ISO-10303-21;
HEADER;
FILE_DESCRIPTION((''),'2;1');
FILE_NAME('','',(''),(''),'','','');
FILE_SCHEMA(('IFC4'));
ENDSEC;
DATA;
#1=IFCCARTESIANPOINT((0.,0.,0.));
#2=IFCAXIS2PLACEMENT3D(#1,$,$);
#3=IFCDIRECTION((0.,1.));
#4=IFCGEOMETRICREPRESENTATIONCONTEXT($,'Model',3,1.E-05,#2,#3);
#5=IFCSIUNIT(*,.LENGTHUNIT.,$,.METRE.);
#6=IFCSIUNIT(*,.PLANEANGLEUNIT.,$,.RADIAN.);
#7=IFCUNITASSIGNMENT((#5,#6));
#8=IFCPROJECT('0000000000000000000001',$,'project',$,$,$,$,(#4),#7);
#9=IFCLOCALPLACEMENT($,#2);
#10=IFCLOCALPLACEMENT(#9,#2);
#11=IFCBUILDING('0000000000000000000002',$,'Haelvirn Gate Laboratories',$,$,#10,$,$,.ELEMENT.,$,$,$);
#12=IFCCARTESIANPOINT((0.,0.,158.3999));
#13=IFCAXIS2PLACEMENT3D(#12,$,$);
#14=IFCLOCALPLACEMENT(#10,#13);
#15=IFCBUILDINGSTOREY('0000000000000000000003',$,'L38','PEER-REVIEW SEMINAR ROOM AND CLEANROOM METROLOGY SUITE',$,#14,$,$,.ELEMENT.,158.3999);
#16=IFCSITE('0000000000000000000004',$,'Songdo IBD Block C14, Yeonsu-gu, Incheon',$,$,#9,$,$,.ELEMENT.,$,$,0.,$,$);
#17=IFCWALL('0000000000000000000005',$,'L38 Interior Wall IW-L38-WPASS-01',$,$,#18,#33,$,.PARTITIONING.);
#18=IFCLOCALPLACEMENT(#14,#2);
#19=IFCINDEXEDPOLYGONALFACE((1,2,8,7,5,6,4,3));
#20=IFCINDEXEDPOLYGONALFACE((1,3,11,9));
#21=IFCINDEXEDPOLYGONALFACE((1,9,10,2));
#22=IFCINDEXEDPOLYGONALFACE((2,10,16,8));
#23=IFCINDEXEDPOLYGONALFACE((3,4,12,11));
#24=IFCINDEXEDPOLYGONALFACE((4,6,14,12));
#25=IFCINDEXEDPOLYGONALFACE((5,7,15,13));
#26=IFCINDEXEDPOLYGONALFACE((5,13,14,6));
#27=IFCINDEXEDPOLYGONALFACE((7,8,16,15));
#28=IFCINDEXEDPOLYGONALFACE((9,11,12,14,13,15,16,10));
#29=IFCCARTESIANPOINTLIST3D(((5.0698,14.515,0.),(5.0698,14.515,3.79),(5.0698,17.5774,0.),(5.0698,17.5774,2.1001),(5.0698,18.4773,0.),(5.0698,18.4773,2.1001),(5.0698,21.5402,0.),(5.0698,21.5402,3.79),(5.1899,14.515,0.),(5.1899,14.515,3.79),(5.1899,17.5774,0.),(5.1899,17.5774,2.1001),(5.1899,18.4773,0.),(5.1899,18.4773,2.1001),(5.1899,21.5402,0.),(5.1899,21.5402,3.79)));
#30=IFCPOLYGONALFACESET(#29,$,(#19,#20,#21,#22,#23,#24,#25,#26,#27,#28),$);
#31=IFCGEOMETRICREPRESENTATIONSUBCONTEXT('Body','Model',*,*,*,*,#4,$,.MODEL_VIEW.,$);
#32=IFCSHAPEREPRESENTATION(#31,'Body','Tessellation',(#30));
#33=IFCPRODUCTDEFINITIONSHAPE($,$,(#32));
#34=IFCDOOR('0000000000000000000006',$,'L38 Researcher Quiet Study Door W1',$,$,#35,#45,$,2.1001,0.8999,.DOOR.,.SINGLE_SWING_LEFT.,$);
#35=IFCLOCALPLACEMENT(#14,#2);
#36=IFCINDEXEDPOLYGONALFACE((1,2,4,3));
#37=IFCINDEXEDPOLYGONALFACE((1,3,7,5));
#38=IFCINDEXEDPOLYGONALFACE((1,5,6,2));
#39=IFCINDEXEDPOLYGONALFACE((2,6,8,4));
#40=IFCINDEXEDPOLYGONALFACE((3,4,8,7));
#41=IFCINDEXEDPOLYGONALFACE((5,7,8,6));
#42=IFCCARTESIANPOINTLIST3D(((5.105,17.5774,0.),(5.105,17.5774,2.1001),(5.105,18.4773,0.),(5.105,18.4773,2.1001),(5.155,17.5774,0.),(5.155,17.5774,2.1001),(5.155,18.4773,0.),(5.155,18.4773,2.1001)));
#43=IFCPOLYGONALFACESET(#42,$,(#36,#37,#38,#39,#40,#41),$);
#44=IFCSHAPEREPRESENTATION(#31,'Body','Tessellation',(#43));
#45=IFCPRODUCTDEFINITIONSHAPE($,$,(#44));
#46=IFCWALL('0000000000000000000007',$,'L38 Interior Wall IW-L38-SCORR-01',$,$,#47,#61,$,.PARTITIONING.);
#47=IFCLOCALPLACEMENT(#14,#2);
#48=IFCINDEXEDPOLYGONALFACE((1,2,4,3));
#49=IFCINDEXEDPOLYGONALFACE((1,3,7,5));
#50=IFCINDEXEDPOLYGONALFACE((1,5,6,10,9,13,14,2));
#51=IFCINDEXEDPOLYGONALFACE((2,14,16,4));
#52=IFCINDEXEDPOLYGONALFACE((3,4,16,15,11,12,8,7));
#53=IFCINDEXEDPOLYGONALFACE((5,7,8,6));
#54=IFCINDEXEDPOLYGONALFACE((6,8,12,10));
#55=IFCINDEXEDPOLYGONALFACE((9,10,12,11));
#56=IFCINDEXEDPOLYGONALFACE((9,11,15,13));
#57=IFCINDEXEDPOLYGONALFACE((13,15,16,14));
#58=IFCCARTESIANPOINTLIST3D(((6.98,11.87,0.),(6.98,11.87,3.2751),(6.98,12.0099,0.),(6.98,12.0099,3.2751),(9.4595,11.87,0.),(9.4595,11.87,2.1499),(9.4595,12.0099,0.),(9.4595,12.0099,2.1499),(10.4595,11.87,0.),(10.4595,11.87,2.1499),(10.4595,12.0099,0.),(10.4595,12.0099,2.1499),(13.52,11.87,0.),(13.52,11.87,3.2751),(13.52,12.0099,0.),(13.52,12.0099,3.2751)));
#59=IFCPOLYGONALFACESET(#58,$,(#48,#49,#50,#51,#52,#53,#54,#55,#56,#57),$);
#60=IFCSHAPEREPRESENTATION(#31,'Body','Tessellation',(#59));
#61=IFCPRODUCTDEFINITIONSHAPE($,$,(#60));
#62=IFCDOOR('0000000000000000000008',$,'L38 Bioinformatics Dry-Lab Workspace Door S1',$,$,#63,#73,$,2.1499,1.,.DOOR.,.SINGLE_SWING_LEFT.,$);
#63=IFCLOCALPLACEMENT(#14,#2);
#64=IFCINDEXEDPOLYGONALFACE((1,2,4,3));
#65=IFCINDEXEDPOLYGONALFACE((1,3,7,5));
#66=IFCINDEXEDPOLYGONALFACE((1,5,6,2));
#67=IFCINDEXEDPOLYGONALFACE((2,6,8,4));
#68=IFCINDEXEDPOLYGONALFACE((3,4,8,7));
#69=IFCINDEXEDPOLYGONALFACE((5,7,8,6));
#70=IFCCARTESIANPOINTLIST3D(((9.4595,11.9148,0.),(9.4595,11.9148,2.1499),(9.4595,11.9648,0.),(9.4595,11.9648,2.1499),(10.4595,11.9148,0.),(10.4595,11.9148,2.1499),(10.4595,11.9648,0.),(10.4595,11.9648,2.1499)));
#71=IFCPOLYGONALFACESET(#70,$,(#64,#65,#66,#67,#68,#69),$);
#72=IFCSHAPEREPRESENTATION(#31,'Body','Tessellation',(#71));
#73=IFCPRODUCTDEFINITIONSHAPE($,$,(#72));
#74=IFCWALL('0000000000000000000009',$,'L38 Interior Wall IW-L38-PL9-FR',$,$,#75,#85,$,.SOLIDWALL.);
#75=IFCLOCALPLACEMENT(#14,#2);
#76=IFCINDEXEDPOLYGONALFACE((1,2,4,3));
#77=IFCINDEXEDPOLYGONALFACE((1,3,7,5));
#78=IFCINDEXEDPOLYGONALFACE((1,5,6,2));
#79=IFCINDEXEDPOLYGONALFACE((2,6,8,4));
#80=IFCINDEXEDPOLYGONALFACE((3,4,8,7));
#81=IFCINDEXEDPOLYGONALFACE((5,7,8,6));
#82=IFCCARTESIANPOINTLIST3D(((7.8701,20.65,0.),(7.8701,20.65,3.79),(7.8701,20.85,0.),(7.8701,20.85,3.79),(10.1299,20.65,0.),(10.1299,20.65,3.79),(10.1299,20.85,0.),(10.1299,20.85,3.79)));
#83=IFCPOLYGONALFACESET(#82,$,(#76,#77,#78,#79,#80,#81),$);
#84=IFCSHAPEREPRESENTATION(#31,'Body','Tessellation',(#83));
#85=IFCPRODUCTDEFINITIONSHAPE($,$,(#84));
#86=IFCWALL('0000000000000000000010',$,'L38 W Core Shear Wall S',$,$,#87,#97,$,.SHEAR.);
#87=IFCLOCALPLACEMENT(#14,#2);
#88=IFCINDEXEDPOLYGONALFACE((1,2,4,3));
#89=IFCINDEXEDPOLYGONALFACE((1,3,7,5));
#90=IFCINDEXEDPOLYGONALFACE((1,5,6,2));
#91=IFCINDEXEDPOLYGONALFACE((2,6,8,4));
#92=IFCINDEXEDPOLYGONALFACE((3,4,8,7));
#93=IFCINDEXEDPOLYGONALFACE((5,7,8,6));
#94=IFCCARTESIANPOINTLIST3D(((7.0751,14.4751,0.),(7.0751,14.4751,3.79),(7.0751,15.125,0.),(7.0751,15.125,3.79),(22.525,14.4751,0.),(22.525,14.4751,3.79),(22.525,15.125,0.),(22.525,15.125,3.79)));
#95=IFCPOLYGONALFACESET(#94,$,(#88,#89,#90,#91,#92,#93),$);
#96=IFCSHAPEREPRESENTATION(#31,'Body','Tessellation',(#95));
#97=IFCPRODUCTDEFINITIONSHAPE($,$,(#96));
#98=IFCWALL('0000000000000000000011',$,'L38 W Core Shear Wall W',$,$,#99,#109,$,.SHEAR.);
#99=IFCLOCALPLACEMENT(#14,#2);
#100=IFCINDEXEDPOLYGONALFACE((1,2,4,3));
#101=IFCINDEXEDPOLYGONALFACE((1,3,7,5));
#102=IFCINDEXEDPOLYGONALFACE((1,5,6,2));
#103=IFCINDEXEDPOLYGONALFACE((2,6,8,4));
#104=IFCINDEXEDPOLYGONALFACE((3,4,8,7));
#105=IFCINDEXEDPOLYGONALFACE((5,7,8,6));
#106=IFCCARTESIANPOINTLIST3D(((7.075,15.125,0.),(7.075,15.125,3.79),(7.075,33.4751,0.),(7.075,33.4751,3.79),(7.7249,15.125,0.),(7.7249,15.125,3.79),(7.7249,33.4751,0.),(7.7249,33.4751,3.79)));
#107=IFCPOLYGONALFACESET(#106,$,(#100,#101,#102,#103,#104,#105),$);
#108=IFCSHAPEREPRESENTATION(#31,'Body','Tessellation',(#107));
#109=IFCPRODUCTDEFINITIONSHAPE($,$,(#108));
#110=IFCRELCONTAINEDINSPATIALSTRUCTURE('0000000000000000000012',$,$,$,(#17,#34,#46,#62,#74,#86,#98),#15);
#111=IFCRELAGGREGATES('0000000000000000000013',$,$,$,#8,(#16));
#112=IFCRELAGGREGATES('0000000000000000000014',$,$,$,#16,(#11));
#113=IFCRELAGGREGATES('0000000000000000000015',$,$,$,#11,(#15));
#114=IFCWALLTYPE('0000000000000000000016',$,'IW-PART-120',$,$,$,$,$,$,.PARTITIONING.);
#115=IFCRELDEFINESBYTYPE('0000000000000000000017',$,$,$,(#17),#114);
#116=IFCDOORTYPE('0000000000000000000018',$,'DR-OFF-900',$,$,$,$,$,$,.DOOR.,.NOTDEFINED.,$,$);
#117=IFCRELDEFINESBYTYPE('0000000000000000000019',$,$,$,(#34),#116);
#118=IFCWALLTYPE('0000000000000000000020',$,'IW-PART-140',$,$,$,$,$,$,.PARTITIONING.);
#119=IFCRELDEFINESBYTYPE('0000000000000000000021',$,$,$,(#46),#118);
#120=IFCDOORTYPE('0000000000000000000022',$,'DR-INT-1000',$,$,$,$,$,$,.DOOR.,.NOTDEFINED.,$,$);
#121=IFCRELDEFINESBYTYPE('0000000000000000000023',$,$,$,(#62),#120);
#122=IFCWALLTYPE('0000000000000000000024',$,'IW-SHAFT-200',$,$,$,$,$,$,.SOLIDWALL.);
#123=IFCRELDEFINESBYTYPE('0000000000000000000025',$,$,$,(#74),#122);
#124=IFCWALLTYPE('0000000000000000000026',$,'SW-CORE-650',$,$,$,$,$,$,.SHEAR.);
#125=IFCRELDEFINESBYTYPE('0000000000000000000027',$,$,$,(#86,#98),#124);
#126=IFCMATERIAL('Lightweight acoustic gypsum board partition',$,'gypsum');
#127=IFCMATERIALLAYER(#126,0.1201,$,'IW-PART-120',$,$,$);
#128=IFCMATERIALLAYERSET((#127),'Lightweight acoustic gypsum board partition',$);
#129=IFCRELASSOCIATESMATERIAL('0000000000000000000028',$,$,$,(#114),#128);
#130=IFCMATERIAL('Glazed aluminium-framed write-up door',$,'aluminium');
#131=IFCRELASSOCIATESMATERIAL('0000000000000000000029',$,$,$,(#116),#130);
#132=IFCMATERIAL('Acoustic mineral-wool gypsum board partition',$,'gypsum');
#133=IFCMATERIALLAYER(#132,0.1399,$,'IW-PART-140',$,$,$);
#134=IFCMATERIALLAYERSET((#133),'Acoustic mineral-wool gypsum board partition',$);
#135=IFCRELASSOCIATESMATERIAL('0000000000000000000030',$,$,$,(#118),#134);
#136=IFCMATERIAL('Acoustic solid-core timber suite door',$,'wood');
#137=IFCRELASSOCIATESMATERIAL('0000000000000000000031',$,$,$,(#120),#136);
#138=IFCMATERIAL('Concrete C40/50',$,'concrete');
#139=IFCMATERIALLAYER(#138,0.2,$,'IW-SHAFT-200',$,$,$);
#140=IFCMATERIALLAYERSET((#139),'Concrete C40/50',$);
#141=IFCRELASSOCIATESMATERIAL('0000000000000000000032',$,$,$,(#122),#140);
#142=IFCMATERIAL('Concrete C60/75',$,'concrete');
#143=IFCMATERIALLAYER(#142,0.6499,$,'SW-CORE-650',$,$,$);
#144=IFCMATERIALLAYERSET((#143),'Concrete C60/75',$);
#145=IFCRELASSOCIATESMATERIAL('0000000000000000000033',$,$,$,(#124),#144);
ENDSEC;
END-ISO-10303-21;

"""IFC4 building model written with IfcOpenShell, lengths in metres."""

from ifc_helpers import new_model, si_unit, direction, frame, frame_2d, origin, place, context, subcontext, project, spatial, rectangle, extrude, source, transform, mapped, material, layer, layer_set, type_object, type_shapes, element, fill, save


model = new_model("IFC4")

# Units and contexts
model_context = context("Model", 3, precision=1e-05, world=origin(), true_north=direction((0.0, 1.0)))
body_context = subcontext(model_context, "Body", "Model", "MODEL_VIEW")
ifc_project = project(units=[si_unit("LENGTHUNIT", "METRE"), si_unit("PLANEANGLEUNIT", "RADIAN")], contexts=[model_context])

# Site, building, storey
site_placement = place(None, origin())
site = spatial("IfcSite", under=ifc_project, at=site_placement, Name="Songdo IBD Block C14, Yeonsu-gu, Incheon", CompositionType="ELEMENT", RefElevation=0.0)
building_placement = place(site_placement, origin())
building = spatial("IfcBuilding", under=site, at=building_placement, Name="Haelvirn Gate Laboratories", CompositionType="ELEMENT")
storey_placement = place(building_placement, frame((0.0, 0.0, 158.3999)))
storey = spatial("IfcBuildingStorey", under=building, at=storey_placement, Name="L38", Description="PEER-REVIEW SEMINAR ROOM AND CLEANROOM METROLOGY SUITE", CompositionType="ELEMENT", Elevation=158.3999)

# Shared definitions
ifc_material_1 = material(Name="Concrete C60/75", Category="concrete")

# Shared definitions
ifc_material_2 = material(Name="Lightweight acoustic gypsum board partition", Category="gypsum")
ifc_layer_1 = layer(ifc_material_2, 0.1201, Name="IW-PART-120")
ifc_layer_set_1 = layer_set([ifc_layer_1], Name="Lightweight acoustic gypsum board partition")
wall_type_1 = type_object("IfcWallType", Name="IW-PART-120", PredefinedType="PARTITIONING", material=ifc_layer_set_1)

# Walls, openings, doors
wall_1_placement = place(storey_placement, frame((5.1299, 14.5149, 0.0), z_axis=(0.0, 0.0, 1.0), x_axis=(0.0, 1.0, 0.0)))
wall_1 = element("IfcWall", 1, at=wall_1_placement, inside=storey, type_object=wall_type_1, Name="L38 Interior Wall IW-L38-WPASS-01", PredefinedType="PARTITIONING", context=body_context, shape_type="SweptSolid", body=[
    extrude(rectangle(XDim=7.0251, YDim=0.1201, at=frame_2d((3.5127, 0.0))), origin(), (0.0, 0.0, 1.0), 3.79),
])
opening_1_placement = place(wall_1_placement, frame((3.0625, 0.0, 0.0)))
opening_1 = element("IfcOpeningElement", 2, at=opening_1_placement, cuts=wall_1, PredefinedType="OPENING", context=body_context, shape_type="SweptSolid", body=[
    extrude(rectangle(XDim=0.8999, YDim=2.1001, at=frame_2d((0.45, 1.05))), frame((0.0, 0.0701, 0.0), z_axis=(0.0, -1.0, 0.0), x_axis=(1.0, 0.0, 0.0)), (0.0, 0.0, 1.0), 0.1401),
])
ifc_material_3 = material(Name="Glazed aluminium-framed write-up door", Category="aluminium")
door_type_1 = type_object("IfcDoorType", Name="DR-OFF-900", OperationType="NOTDEFINED", PredefinedType="DOOR", material=ifc_material_3)
shared_shape_1 = source(origin(), body_context, "Body", "SweptSolid", [
    extrude(rectangle(XDim=0.8999, YDim=2.1001, at=frame_2d((0.45, 1.05))), frame((0.0, 0.0249, 0.0), z_axis=(0.0, -1.0, 0.0), x_axis=(1.0, 0.0, 0.0)), (0.0, 0.0, 1.0), 0.05),
])
type_shapes(door_type_1, [shared_shape_1])
door_1_placement = place(opening_1_placement, origin())
door_1 = element("IfcDoor", 3, at=door_1_placement, inside=storey, type_object=door_type_1, Name="L38 Researcher Quiet Study Door W1", OperationType="SINGLE_SWING_LEFT", OverallHeight=2.1001, OverallWidth=0.8999, PredefinedType="DOOR", context=body_context, shape_type="MappedRepresentation", body=[
    mapped(shared_shape_1, transform((0.0, 0.0, 0.0), scale=1.0)),
])
fill(opening_1, door_1)
ifc_material_4 = material(Name="Acoustic mineral-wool gypsum board partition", Category="gypsum")
ifc_layer_2 = layer(ifc_material_4, 0.1399, Name="IW-PART-140")
ifc_layer_set_2 = layer_set([ifc_layer_2], Name="Acoustic mineral-wool gypsum board partition")
wall_type_2 = type_object("IfcWallType", Name="IW-PART-140", PredefinedType="PARTITIONING", material=ifc_layer_set_2)
wall_2_placement = place(storey_placement, frame((6.98, 11.9399, 0.0), z_axis=(0.0, 0.0, 1.0), x_axis=(1.0, 0.0, 0.0)))
wall_2 = element("IfcWall", 4, at=wall_2_placement, inside=storey, type_object=wall_type_2, Name="L38 Interior Wall IW-L38-SCORR-01", PredefinedType="PARTITIONING", context=body_context, shape_type="SweptSolid", body=[
    extrude(rectangle(XDim=6.54, YDim=0.1399, at=frame_2d((3.27, 0.0))), origin(), (0.0, 0.0, 1.0), 3.2751),
])
opening_2_placement = place(wall_2_placement, frame((2.4795, 0.0, 0.0)))
opening_2 = element("IfcOpeningElement", 5, at=opening_2_placement, cuts=wall_2, PredefinedType="OPENING", context=body_context, shape_type="SweptSolid", body=[
    extrude(rectangle(XDim=1.0, YDim=2.1499, at=frame_2d((0.5, 1.075))), frame((0.0, 0.0801, 0.0), z_axis=(0.0, -1.0, 0.0), x_axis=(1.0, 0.0, 0.0)), (0.0, 0.0, 1.0), 0.1599),
])
ifc_material_5 = material(Name="Acoustic solid-core timber suite door", Category="wood")
door_type_2 = type_object("IfcDoorType", Name="DR-INT-1000", OperationType="NOTDEFINED", PredefinedType="DOOR", material=ifc_material_5)
shared_shape_2 = source(origin(), body_context, "Body", "SweptSolid", [
    extrude(rectangle(XDim=1.0, YDim=2.1499, at=frame_2d((0.5, 1.075))), frame((0.0, 0.0249, 0.0), z_axis=(0.0, -1.0, 0.0), x_axis=(1.0, 0.0, 0.0)), (0.0, 0.0, 1.0), 0.05),
])
type_shapes(door_type_2, [shared_shape_2])
door_2_placement = place(opening_2_placement, origin())
door_2 = element("IfcDoor", 6, at=door_2_placement, inside=storey, type_object=door_type_2, Name="L38 Bioinformatics Dry-Lab Workspace Door S1", OperationType="SINGLE_SWING_LEFT", OverallHeight=2.1499, OverallWidth=1.0, PredefinedType="DOOR", context=body_context, shape_type="MappedRepresentation", body=[
    mapped(shared_shape_2, transform((0.0, 0.0, 0.0), scale=1.0)),
])
fill(opening_2, door_2)
ifc_material_6 = material(Name="Concrete C40/50", Category="concrete")

# Walls
ifc_layer_3 = layer(ifc_material_6, 0.2, Name="IW-SHAFT-200")
ifc_layer_set_3 = layer_set([ifc_layer_3], Name="Concrete C40/50")
wall_type_3 = type_object("IfcWallType", Name="IW-SHAFT-200", PredefinedType="SOLIDWALL", material=ifc_layer_set_3)
wall_3_placement = place(storey_placement, frame((7.8701, 20.75, 0.0), z_axis=(0.0, 0.0, 1.0), x_axis=(1.0, 0.0, 0.0)))
element("IfcWall", 7, at=wall_3_placement, inside=storey, type_object=wall_type_3, Name="L38 Interior Wall IW-L38-PL9-FR", PredefinedType="SOLIDWALL", context=body_context, shape_type="SweptSolid", body=[
    extrude(rectangle(XDim=2.2598, YDim=0.2, at=frame_2d((1.1299, 0.0))), origin(), (0.0, 0.0, 1.0), 3.79),
])
ifc_layer_4 = layer(ifc_material_1, 0.6499, Name="SW-CORE-650")
ifc_layer_set_4 = layer_set([ifc_layer_4], Name="Concrete C60/75")
wall_type_4 = type_object("IfcWallType", Name="SW-CORE-650", PredefinedType="SHEAR", material=ifc_layer_set_4)
wall_4_placement = place(storey_placement, frame((7.075, 14.8, 0.0), z_axis=(0.0, 0.0, 1.0), x_axis=(1.0, 0.0, 0.0)))
element("IfcWall", 8, at=wall_4_placement, inside=storey, type_object=wall_type_4, Name="L38 W Core Shear Wall S", PredefinedType="SHEAR", context=body_context, shape_type="SweptSolid", body=[
    extrude(rectangle(XDim=15.45, YDim=0.6499, at=frame_2d((7.7251, 0.0))), origin(), (0.0, 0.0, 1.0), 3.79),
])
wall_5_placement = place(storey_placement, frame((7.3999, 15.125, 0.0), z_axis=(0.0, 0.0, 1.0), x_axis=(0.0, 1.0, 0.0)))
element("IfcWall", 9, at=wall_5_placement, inside=storey, type_object=wall_type_4, Name="L38 W Core Shear Wall W", PredefinedType="SHEAR", context=body_context, shape_type="SweptSolid", body=[
    extrude(rectangle(XDim=18.3501, YDim=0.6499, at=frame_2d((9.175, 0.0))), origin(), (0.0, 0.0, 1.0), 3.79),
])

save(model, "model.ifc")
